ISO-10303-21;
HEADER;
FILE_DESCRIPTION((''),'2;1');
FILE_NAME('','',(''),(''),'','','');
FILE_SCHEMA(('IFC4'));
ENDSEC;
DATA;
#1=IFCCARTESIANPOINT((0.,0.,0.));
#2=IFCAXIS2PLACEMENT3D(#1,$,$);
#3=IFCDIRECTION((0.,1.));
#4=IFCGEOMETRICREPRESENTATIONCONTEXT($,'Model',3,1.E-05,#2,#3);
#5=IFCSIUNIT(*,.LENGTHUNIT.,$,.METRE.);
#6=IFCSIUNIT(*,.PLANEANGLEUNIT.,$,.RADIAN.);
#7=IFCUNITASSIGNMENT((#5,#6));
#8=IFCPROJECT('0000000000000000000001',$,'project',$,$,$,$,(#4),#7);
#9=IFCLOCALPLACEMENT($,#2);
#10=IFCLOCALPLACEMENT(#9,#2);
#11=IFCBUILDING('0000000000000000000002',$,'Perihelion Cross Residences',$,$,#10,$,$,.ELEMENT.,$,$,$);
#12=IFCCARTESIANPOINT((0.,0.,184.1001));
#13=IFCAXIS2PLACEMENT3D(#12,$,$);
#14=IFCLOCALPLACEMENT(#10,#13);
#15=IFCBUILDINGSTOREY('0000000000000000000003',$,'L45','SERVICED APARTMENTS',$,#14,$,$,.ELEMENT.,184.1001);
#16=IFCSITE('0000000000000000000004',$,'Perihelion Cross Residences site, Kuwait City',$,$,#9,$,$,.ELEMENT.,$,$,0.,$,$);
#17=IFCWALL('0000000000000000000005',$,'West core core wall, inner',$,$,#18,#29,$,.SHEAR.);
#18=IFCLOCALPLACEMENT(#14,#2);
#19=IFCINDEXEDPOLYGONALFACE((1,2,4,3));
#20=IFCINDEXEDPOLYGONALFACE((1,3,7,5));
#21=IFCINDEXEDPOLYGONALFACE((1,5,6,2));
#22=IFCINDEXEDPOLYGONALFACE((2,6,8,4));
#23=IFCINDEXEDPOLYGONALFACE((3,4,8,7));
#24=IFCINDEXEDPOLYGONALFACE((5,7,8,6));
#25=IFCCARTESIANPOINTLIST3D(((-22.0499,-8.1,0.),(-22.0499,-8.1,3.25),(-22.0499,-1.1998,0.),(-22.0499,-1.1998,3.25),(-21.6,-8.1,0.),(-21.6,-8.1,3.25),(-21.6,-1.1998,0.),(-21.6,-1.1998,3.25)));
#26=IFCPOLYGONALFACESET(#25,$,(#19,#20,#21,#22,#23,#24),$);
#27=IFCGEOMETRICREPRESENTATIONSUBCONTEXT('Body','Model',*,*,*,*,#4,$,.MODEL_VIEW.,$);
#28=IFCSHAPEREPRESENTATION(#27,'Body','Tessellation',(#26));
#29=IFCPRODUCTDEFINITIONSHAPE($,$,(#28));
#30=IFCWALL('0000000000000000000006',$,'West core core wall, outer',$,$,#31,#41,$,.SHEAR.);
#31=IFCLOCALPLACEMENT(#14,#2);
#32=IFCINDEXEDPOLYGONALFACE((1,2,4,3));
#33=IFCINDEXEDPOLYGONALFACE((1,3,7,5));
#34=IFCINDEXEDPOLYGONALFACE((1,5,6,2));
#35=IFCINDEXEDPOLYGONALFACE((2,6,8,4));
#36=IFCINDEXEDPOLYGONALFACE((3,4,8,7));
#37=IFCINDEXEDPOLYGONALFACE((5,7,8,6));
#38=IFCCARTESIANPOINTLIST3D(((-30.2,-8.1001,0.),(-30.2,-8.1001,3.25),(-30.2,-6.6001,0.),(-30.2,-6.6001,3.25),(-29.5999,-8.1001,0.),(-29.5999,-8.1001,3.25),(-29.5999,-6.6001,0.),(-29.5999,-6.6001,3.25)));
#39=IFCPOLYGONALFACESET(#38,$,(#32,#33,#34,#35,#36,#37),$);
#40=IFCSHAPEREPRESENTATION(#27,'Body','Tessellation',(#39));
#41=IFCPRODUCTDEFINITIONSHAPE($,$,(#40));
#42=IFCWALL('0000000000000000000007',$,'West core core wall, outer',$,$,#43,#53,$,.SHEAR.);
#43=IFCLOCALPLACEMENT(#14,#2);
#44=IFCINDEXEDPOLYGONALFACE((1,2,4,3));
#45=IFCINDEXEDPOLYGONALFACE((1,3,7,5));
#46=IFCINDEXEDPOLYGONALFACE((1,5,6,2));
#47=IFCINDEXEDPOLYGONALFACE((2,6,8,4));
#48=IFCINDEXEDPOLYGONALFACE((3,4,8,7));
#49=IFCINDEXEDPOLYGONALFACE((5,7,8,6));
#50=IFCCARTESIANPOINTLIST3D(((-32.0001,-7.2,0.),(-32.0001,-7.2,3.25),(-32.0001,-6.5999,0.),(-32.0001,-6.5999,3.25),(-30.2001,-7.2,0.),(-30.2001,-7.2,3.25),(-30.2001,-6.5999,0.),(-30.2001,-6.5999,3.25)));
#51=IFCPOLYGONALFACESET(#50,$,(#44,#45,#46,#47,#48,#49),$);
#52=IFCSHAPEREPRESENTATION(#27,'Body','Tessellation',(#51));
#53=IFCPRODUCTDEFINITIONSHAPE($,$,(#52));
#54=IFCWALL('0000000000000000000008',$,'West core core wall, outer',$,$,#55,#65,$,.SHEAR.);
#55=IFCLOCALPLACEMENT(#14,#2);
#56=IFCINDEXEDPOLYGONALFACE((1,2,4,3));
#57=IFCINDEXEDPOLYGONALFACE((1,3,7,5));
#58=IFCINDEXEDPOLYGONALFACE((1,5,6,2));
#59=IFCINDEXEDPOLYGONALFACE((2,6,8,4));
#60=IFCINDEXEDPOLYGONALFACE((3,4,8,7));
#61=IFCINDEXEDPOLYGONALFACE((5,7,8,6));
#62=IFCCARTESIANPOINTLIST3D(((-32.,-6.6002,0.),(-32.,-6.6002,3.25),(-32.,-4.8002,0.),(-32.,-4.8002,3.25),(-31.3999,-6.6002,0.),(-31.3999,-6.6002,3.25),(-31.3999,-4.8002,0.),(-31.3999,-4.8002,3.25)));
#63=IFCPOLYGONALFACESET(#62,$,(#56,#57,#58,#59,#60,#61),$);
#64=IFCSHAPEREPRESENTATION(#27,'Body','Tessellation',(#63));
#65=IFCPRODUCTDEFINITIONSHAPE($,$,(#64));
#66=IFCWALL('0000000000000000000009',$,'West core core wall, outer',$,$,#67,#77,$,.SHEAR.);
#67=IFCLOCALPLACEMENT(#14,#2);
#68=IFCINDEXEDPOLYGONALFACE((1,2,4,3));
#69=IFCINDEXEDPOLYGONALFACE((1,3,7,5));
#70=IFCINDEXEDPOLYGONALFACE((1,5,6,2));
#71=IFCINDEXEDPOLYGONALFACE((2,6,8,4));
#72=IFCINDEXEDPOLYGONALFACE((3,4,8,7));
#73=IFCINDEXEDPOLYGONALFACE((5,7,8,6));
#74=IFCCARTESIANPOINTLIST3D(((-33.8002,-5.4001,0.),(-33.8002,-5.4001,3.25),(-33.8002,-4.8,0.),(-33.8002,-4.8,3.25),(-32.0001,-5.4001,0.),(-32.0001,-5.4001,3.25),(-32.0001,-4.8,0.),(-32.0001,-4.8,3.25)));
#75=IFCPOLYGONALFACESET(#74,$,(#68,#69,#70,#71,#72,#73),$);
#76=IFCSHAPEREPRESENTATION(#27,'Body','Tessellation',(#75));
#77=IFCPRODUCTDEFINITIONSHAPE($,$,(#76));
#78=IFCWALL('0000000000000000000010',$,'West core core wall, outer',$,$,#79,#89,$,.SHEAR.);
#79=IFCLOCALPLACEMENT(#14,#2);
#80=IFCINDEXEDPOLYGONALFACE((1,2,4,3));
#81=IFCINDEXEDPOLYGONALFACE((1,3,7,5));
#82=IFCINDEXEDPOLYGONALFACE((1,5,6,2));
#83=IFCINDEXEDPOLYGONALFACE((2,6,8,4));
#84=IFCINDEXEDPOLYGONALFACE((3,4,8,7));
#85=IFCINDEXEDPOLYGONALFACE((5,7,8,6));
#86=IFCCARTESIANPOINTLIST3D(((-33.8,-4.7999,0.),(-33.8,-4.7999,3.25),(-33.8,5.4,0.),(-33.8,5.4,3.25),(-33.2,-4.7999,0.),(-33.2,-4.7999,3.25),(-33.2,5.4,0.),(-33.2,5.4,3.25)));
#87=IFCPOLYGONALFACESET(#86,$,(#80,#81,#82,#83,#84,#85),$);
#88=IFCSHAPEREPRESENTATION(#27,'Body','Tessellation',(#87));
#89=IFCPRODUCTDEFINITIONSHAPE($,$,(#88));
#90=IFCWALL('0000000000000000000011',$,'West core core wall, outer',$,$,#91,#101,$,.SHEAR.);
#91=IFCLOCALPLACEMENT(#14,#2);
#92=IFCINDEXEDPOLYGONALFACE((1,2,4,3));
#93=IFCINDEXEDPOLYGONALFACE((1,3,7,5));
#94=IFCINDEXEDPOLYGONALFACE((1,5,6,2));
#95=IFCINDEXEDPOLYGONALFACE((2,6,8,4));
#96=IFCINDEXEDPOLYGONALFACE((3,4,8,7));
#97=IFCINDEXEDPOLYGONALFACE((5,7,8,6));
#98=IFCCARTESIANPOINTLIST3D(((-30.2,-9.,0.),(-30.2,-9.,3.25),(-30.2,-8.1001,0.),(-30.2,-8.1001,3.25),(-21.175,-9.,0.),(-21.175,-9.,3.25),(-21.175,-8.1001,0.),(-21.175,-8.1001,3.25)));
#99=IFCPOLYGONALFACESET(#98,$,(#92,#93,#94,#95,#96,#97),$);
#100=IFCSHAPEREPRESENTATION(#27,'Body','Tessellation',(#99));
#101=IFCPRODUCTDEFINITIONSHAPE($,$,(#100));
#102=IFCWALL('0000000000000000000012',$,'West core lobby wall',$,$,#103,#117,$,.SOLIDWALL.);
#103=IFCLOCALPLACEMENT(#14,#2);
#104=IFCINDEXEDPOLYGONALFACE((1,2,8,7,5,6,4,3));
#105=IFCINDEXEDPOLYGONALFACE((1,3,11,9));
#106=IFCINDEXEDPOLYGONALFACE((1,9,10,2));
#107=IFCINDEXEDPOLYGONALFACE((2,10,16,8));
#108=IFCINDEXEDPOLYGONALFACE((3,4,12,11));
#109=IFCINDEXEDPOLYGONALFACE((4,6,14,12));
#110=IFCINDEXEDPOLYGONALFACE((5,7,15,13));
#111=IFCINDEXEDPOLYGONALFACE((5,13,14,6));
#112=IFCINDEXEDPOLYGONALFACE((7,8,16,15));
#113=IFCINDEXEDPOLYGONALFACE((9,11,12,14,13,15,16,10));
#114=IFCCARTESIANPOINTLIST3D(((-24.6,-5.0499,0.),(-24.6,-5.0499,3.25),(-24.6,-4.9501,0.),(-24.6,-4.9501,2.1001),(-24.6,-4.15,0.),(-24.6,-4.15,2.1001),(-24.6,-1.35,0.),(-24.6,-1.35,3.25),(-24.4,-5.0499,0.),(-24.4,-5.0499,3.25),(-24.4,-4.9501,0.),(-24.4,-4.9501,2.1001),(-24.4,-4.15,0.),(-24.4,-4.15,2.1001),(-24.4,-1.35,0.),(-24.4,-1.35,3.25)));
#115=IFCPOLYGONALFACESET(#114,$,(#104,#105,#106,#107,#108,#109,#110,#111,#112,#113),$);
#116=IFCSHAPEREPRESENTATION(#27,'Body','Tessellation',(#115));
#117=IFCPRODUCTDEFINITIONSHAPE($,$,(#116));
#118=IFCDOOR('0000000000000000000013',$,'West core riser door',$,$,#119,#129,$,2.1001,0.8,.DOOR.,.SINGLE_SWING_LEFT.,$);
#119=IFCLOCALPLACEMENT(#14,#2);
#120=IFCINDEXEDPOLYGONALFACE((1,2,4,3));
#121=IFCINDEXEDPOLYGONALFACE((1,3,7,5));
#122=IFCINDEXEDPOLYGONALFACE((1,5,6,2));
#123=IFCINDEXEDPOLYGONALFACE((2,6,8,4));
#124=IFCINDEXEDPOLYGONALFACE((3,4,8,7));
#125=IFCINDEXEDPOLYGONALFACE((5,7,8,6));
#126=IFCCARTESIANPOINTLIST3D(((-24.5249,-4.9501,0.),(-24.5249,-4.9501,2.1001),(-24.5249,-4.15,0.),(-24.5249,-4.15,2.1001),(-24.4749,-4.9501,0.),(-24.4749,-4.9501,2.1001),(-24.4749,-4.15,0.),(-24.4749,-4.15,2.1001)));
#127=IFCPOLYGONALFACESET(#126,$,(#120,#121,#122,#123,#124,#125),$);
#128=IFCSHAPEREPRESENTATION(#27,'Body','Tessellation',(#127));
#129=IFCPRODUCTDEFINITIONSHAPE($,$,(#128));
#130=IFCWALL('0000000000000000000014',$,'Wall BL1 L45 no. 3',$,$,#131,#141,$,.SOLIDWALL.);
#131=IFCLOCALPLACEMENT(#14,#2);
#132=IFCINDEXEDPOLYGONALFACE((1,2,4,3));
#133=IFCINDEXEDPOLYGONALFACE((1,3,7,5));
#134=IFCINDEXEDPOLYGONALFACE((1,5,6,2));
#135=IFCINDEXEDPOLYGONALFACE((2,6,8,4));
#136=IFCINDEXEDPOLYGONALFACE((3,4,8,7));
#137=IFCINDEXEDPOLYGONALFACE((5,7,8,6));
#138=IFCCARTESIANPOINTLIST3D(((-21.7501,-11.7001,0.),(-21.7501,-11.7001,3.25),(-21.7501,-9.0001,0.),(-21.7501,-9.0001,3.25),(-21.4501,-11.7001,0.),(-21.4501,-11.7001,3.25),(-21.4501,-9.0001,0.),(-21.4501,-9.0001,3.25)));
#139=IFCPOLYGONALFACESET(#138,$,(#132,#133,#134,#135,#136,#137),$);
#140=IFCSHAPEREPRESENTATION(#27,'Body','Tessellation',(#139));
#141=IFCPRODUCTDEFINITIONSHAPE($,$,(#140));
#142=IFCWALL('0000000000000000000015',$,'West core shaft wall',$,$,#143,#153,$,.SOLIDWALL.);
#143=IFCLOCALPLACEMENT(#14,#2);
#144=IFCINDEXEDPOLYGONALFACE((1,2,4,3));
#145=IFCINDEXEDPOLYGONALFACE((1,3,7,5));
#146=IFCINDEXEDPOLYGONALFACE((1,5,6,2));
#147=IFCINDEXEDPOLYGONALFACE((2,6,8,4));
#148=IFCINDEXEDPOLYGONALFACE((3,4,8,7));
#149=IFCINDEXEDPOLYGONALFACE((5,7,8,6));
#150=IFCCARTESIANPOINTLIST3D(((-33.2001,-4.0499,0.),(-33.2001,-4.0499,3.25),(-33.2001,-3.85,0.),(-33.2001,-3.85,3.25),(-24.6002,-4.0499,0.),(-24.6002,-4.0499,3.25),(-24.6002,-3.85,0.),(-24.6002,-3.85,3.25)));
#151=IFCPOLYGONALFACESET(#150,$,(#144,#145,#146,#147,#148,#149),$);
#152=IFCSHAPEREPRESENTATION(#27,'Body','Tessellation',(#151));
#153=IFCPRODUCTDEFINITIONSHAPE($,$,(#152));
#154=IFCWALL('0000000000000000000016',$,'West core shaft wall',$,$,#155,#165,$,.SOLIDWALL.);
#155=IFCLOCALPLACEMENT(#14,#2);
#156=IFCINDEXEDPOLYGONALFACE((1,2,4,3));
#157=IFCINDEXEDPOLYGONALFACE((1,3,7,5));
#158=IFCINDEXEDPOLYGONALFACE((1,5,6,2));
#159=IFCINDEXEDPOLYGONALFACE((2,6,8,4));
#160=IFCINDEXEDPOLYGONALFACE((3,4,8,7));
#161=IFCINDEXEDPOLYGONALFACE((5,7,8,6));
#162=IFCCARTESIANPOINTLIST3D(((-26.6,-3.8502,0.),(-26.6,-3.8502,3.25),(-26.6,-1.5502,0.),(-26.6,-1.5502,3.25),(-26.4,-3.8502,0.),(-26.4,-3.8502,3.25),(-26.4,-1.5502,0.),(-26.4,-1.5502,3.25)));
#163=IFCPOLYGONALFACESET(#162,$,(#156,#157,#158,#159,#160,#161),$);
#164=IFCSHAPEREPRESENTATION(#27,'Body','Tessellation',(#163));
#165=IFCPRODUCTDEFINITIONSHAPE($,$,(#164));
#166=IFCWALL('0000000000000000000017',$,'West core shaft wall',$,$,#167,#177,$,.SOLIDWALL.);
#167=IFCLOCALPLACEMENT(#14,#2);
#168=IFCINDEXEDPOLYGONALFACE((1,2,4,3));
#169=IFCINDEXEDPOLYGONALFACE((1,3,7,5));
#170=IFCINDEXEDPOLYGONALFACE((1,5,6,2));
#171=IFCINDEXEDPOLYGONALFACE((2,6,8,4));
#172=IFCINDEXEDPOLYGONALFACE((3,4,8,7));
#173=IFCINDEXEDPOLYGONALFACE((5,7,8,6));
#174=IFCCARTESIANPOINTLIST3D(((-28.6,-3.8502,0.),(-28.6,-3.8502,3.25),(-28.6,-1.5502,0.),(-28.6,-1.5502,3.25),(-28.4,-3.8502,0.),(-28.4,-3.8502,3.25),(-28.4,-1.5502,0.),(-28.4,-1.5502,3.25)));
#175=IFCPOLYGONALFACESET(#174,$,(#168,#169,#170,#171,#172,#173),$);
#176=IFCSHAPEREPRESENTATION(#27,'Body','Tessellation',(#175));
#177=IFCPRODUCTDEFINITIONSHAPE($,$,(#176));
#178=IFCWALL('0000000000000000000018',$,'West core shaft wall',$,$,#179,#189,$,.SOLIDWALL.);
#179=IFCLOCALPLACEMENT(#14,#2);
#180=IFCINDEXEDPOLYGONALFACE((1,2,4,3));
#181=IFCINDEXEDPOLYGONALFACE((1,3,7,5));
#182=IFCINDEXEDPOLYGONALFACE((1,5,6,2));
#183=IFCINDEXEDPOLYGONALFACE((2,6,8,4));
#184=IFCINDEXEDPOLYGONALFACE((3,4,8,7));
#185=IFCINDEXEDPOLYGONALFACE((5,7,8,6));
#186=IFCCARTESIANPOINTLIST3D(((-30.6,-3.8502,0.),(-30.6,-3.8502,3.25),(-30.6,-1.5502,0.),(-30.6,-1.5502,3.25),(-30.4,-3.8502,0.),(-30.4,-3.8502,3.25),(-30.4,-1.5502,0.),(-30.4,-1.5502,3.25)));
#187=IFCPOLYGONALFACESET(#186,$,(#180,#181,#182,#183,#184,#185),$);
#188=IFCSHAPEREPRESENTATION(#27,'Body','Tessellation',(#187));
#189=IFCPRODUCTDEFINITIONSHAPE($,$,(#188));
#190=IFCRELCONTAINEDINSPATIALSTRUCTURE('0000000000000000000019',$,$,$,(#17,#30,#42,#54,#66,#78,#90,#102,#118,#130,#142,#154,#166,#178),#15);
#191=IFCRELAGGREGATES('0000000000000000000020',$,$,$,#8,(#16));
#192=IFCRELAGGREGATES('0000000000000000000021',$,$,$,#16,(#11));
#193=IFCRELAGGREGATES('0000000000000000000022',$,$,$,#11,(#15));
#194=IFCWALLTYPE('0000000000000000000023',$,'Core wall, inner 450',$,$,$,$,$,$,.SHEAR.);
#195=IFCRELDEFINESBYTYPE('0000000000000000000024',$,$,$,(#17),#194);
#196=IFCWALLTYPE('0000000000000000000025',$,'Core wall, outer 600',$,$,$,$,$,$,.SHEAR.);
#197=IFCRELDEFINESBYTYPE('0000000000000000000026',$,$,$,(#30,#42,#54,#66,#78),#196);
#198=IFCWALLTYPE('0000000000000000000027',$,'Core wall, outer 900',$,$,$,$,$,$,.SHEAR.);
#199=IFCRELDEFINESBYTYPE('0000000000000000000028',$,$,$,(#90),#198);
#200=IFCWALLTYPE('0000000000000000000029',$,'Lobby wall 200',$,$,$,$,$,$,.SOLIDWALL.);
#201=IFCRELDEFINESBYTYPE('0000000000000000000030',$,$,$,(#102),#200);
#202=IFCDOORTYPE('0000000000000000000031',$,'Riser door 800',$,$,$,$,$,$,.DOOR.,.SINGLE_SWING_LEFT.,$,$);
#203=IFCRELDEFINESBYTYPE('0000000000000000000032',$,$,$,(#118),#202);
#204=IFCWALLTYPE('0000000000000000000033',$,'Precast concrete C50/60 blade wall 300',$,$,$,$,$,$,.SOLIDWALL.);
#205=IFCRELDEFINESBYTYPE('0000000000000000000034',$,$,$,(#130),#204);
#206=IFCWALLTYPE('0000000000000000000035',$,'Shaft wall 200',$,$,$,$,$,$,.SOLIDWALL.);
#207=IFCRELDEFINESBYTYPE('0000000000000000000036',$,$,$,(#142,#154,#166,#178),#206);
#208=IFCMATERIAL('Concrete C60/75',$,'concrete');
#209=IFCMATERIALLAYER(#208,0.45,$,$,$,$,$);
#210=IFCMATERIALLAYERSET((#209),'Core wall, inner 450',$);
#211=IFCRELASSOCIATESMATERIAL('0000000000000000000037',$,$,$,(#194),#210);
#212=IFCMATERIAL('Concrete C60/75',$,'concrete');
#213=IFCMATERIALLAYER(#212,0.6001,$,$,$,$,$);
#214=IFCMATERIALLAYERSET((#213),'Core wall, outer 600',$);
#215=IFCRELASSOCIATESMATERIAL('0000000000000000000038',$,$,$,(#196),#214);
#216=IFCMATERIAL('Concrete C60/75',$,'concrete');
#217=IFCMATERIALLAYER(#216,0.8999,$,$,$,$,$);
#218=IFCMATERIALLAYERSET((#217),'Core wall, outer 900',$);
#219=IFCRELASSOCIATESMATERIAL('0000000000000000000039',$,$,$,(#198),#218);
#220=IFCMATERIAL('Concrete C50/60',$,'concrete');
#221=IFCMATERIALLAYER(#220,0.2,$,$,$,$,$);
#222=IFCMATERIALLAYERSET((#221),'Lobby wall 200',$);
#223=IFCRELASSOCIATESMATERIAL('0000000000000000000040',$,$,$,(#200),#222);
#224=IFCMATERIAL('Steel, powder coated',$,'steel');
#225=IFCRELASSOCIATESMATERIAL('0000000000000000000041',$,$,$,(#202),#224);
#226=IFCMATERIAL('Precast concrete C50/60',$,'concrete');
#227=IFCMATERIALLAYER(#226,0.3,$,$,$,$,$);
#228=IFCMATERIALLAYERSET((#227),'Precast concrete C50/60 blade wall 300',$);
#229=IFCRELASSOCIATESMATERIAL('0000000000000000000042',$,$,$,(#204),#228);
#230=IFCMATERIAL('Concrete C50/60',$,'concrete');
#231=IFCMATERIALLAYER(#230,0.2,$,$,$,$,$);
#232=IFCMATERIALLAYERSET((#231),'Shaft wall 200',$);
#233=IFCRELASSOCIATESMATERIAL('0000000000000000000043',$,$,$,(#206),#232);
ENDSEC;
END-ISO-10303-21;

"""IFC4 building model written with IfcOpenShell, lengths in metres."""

from ifc_helpers import new_model, si_unit, direction, frame, frame_2d, origin, place, context, subcontext, project, spatial, rectangle, extrude, material, layer, layer_set, type_object, element, fill, save


model = new_model("IFC4")

# Units and contexts
model_context = context("Model", 3, precision=1e-05, world=origin(), true_north=direction((0.0, 1.0)))
body_context = subcontext(model_context, "Body", "Model", "MODEL_VIEW")
ifc_project = project(units=[si_unit("LENGTHUNIT", "METRE"), si_unit("PLANEANGLEUNIT", "RADIAN")], contexts=[model_context])

# Site, building, storey
site_placement = place(None, origin())
site = spatial("IfcSite", under=ifc_project, at=site_placement, Name="Perihelion Cross Residences site, Kuwait City", CompositionType="ELEMENT", RefElevation=0.0)
building_placement = place(site_placement, origin())
building = spatial("IfcBuilding", under=site, at=building_placement, Name="Perihelion Cross Residences", CompositionType="ELEMENT")
storey_placement = place(building_placement, frame((0.0, 0.0, 184.1001)))
storey = spatial("IfcBuildingStorey", under=building, at=storey_placement, Name="L45", Description="SERVICED APARTMENTS", CompositionType="ELEMENT", Elevation=184.1001)

# Walls
ifc_material_1 = material(Name="Concrete C60/75", Category="concrete")
ifc_layer_1 = layer(ifc_material_1, 0.45)
ifc_layer_set_1 = layer_set([ifc_layer_1], Name="Core wall, inner 450")
wall_type_1 = type_object("IfcWallType", Name="Core wall, inner 450", PredefinedType="SHEAR", material=ifc_layer_set_1)
wall_1_placement = place(storey_placement, frame((-21.825, -8.1001, 0.0), z_axis=(0.0, 0.0, 1.0), x_axis=(0.0, 1.0, 0.0)))
element("IfcWall", 1, at=wall_1_placement, inside=storey, type_object=wall_type_1, Name="West core core wall, inner", PredefinedType="SHEAR", context=body_context, shape_type="SweptSolid", body=[
    extrude(rectangle(XDim=6.9001, YDim=0.45, at=frame_2d((3.4502, 0.0))), origin(), (0.0, 0.0, 1.0), 3.25),
])
ifc_material_2 = material(Name="Concrete C60/75", Category="concrete")
ifc_layer_2 = layer(ifc_material_2, 0.6001)
ifc_layer_set_2 = layer_set([ifc_layer_2], Name="Core wall, outer 600")
wall_type_2 = type_object("IfcWallType", Name="Core wall, outer 600", PredefinedType="SHEAR", material=ifc_layer_set_2)
wall_2_placement = place(storey_placement, frame((-29.8999, -8.1001, 0.0), z_axis=(0.0, 0.0, 1.0), x_axis=(0.0, 1.0, 0.0)))
element("IfcWall", 2, at=wall_2_placement, inside=storey, type_object=wall_type_2, Name="West core core wall, outer", PredefinedType="SHEAR", context=body_context, shape_type="SweptSolid", body=[
    extrude(rectangle(XDim=1.5, YDim=0.6001, at=frame_2d((0.75, 0.0))), origin(), (0.0, 0.0, 1.0), 3.25),
])
for number, where, z_axis, x_axis, name in (
    (3, (-32.0, -6.8999, 0.0), (0.0, 0.0, 1.0), (1.0, 0.0, 0.0), "West core core wall, outer"),
    (4, (-31.7, -6.6001, 0.0), (0.0, 0.0, 1.0), (0.0, 1.0, 0.0), "West core core wall, outer"),
    (5, (-33.8, -5.1001, 0.0), (0.0, 0.0, 1.0), (1.0, 0.0, 0.0), "West core core wall, outer"),
):
    element("IfcWall", number, at=place(storey_placement, frame(where, z_axis=z_axis, x_axis=x_axis)), inside=storey, type_object=wall_type_2, Name=name, PredefinedType="SHEAR", context=body_context, shape_type="SweptSolid", body=[
        extrude(rectangle(XDim=1.8, YDim=0.6001, at=frame_2d((0.8999, 0.0))), origin(), (0.0, 0.0, 1.0), 3.25),
    ])
wall_3_placement = place(storey_placement, frame((-33.5, -4.8, 0.0), z_axis=(0.0, 0.0, 1.0), x_axis=(0.0, 1.0, 0.0)))
element("IfcWall", 6, at=wall_3_placement, inside=storey, type_object=wall_type_2, Name="West core core wall, outer", PredefinedType="SHEAR", context=body_context, shape_type="SweptSolid", body=[
    extrude(rectangle(XDim=10.2, YDim=0.6001, at=frame_2d((5.1001, 0.0))), origin(), (0.0, 0.0, 1.0), 3.25),
])
ifc_material_3 = material(Name="Concrete C60/75", Category="concrete")
ifc_layer_3 = layer(ifc_material_3, 0.8999)
ifc_layer_set_3 = layer_set([ifc_layer_3], Name="Core wall, outer 900")
wall_type_3 = type_object("IfcWallType", Name="Core wall, outer 900", PredefinedType="SHEAR", material=ifc_layer_set_3)
wall_4_placement = place(storey_placement, frame((-30.2, -8.55, 0.0), z_axis=(0.0, 0.0, 1.0), x_axis=(1.0, 0.0, 0.0)))
element("IfcWall", 7, at=wall_4_placement, inside=storey, type_object=wall_type_3, Name="West core core wall, outer", PredefinedType="SHEAR", context=body_context, shape_type="SweptSolid", body=[
    extrude(rectangle(XDim=9.0249, YDim=0.8999, at=frame_2d((4.5125, 0.0))), origin(), (0.0, 0.0, 1.0), 3.25),
])

# Wall, opening, door
ifc_material_4 = material(Name="Concrete C50/60", Category="concrete")
ifc_layer_4 = layer(ifc_material_4, 0.2)
ifc_layer_set_4 = layer_set([ifc_layer_4], Name="Lobby wall 200")
wall_type_4 = type_object("IfcWallType", Name="Lobby wall 200", PredefinedType="SOLIDWALL", material=ifc_layer_set_4)
wall_5_placement = place(storey_placement, frame((-24.5, -5.05, 0.0), z_axis=(0.0, 0.0, 1.0), x_axis=(0.0, 1.0, 0.0)))
wall_5 = element("IfcWall", 8, at=wall_5_placement, inside=storey, type_object=wall_type_4, Name="West core lobby wall", PredefinedType="SOLIDWALL", context=body_context, shape_type="SweptSolid", body=[
    extrude(rectangle(XDim=3.7, YDim=0.2, at=frame_2d((1.8501, 0.0))), origin(), (0.0, 0.0, 1.0), 3.25),
])
opening_1_placement = place(wall_5_placement, frame((0.1001, 0.0, 0.0)))
opening_1 = element("IfcOpeningElement", 9, at=opening_1_placement, cuts=wall_5, PredefinedType="OPENING", context=body_context, shape_type="SweptSolid", body=[
    extrude(rectangle(XDim=0.8, YDim=2.1001, at=frame_2d((0.3999, 1.05))), frame((0.0, 0.1099, 0.0), z_axis=(0.0, -1.0, 0.0), x_axis=(1.0, 0.0, 0.0)), (0.0, 0.0, 1.0), 0.22),
])
ifc_material_5 = material(Name="Steel, powder coated", Category="steel")
door_type_1 = type_object("IfcDoorType", Name="Riser door 800", OperationType="SINGLE_SWING_LEFT", PredefinedType="DOOR", material=ifc_material_5)
door_1_placement = place(opening_1_placement, origin())
door_1 = element("IfcDoor", 10, at=door_1_placement, inside=storey, type_object=door_type_1, Name="West core riser door", OperationType="SINGLE_SWING_LEFT", OverallHeight=2.1001, OverallWidth=0.8, PredefinedType="DOOR", context=body_context, shape_type="SweptSolid", body=[
    extrude(rectangle(XDim=0.8, YDim=2.1001, at=frame_2d((0.3999, 1.05))), frame((0.0, 0.0249, 0.0), z_axis=(0.0, -1.0, 0.0), x_axis=(1.0, 0.0, 0.0)), (0.0, 0.0, 1.0), 0.05),
])
fill(opening_1, door_1)

# Walls
ifc_material_6 = material(Name="Precast concrete C50/60", Category="concrete")
ifc_layer_5 = layer(ifc_material_6, 0.3)
ifc_layer_set_5 = layer_set([ifc_layer_5], Name="Precast concrete C50/60 blade wall 300")
wall_type_5 = type_object("IfcWallType", Name="Precast concrete C50/60 blade wall 300", PredefinedType="SOLIDWALL", material=ifc_layer_set_5)
wall_6_placement = place(storey_placement, frame((-21.6001, -9.0, 0.0), z_axis=(0.0, 0.0, 1.0), x_axis=(0.0, -1.0, 0.0)))
element("IfcWall", 11, at=wall_6_placement, inside=storey, type_object=wall_type_5, Name="Wall BL1 L45 no. 3", PredefinedType="SOLIDWALL", context=body_context, shape_type="SweptSolid", body=[
    extrude(rectangle(XDim=2.7, YDim=0.3, at=frame_2d((1.3501, 0.0))), origin(), (0.0, 0.0, 1.0), 3.25),
])
ifc_material_7 = material(Name="Concrete C50/60", Category="concrete")
ifc_layer_6 = layer(ifc_material_7, 0.2)
ifc_layer_set_6 = layer_set([ifc_layer_6], Name="Shaft wall 200")
wall_type_6 = type_object("IfcWallType", Name="Shaft wall 200", PredefinedType="SOLIDWALL", material=ifc_layer_set_6)
wall_7_placement = place(storey_placement, frame((-33.2, -3.95, 0.0), z_axis=(0.0, 0.0, 1.0), x_axis=(1.0, 0.0, 0.0)))
element("IfcWall", 12, at=wall_7_placement, inside=storey, type_object=wall_type_6, Name="West core shaft wall", PredefinedType="SOLIDWALL", context=body_context, shape_type="SweptSolid", body=[
    extrude(rectangle(XDim=8.5999, YDim=0.2, at=frame_2d((4.2998, 0.0))), origin(), (0.0, 0.0, 1.0), 3.25),
])
for number, where, z_axis, x_axis, name in (
    (13, (-26.5, -3.8501, 0.0), (0.0, 0.0, 1.0), (0.0, 1.0, 0.0), "West core shaft wall"),
    (14, (-28.5, -3.8501, 0.0), (0.0, 0.0, 1.0), (0.0, 1.0, 0.0), "West core shaft wall"),
    (15, (-30.5, -3.8501, 0.0), (0.0, 0.0, 1.0), (0.0, 1.0, 0.0), "West core shaft wall"),
):
    element("IfcWall", number, at=place(storey_placement, frame(where, z_axis=z_axis, x_axis=x_axis)), inside=storey, type_object=wall_type_6, Name=name, PredefinedType="SOLIDWALL", context=body_context, shape_type="SweptSolid", body=[
        extrude(rectangle(XDim=2.3, YDim=0.2, at=frame_2d((1.1499, 0.0))), origin(), (0.0, 0.0, 1.0), 3.25),
    ])

save(model, "model.ifc")
